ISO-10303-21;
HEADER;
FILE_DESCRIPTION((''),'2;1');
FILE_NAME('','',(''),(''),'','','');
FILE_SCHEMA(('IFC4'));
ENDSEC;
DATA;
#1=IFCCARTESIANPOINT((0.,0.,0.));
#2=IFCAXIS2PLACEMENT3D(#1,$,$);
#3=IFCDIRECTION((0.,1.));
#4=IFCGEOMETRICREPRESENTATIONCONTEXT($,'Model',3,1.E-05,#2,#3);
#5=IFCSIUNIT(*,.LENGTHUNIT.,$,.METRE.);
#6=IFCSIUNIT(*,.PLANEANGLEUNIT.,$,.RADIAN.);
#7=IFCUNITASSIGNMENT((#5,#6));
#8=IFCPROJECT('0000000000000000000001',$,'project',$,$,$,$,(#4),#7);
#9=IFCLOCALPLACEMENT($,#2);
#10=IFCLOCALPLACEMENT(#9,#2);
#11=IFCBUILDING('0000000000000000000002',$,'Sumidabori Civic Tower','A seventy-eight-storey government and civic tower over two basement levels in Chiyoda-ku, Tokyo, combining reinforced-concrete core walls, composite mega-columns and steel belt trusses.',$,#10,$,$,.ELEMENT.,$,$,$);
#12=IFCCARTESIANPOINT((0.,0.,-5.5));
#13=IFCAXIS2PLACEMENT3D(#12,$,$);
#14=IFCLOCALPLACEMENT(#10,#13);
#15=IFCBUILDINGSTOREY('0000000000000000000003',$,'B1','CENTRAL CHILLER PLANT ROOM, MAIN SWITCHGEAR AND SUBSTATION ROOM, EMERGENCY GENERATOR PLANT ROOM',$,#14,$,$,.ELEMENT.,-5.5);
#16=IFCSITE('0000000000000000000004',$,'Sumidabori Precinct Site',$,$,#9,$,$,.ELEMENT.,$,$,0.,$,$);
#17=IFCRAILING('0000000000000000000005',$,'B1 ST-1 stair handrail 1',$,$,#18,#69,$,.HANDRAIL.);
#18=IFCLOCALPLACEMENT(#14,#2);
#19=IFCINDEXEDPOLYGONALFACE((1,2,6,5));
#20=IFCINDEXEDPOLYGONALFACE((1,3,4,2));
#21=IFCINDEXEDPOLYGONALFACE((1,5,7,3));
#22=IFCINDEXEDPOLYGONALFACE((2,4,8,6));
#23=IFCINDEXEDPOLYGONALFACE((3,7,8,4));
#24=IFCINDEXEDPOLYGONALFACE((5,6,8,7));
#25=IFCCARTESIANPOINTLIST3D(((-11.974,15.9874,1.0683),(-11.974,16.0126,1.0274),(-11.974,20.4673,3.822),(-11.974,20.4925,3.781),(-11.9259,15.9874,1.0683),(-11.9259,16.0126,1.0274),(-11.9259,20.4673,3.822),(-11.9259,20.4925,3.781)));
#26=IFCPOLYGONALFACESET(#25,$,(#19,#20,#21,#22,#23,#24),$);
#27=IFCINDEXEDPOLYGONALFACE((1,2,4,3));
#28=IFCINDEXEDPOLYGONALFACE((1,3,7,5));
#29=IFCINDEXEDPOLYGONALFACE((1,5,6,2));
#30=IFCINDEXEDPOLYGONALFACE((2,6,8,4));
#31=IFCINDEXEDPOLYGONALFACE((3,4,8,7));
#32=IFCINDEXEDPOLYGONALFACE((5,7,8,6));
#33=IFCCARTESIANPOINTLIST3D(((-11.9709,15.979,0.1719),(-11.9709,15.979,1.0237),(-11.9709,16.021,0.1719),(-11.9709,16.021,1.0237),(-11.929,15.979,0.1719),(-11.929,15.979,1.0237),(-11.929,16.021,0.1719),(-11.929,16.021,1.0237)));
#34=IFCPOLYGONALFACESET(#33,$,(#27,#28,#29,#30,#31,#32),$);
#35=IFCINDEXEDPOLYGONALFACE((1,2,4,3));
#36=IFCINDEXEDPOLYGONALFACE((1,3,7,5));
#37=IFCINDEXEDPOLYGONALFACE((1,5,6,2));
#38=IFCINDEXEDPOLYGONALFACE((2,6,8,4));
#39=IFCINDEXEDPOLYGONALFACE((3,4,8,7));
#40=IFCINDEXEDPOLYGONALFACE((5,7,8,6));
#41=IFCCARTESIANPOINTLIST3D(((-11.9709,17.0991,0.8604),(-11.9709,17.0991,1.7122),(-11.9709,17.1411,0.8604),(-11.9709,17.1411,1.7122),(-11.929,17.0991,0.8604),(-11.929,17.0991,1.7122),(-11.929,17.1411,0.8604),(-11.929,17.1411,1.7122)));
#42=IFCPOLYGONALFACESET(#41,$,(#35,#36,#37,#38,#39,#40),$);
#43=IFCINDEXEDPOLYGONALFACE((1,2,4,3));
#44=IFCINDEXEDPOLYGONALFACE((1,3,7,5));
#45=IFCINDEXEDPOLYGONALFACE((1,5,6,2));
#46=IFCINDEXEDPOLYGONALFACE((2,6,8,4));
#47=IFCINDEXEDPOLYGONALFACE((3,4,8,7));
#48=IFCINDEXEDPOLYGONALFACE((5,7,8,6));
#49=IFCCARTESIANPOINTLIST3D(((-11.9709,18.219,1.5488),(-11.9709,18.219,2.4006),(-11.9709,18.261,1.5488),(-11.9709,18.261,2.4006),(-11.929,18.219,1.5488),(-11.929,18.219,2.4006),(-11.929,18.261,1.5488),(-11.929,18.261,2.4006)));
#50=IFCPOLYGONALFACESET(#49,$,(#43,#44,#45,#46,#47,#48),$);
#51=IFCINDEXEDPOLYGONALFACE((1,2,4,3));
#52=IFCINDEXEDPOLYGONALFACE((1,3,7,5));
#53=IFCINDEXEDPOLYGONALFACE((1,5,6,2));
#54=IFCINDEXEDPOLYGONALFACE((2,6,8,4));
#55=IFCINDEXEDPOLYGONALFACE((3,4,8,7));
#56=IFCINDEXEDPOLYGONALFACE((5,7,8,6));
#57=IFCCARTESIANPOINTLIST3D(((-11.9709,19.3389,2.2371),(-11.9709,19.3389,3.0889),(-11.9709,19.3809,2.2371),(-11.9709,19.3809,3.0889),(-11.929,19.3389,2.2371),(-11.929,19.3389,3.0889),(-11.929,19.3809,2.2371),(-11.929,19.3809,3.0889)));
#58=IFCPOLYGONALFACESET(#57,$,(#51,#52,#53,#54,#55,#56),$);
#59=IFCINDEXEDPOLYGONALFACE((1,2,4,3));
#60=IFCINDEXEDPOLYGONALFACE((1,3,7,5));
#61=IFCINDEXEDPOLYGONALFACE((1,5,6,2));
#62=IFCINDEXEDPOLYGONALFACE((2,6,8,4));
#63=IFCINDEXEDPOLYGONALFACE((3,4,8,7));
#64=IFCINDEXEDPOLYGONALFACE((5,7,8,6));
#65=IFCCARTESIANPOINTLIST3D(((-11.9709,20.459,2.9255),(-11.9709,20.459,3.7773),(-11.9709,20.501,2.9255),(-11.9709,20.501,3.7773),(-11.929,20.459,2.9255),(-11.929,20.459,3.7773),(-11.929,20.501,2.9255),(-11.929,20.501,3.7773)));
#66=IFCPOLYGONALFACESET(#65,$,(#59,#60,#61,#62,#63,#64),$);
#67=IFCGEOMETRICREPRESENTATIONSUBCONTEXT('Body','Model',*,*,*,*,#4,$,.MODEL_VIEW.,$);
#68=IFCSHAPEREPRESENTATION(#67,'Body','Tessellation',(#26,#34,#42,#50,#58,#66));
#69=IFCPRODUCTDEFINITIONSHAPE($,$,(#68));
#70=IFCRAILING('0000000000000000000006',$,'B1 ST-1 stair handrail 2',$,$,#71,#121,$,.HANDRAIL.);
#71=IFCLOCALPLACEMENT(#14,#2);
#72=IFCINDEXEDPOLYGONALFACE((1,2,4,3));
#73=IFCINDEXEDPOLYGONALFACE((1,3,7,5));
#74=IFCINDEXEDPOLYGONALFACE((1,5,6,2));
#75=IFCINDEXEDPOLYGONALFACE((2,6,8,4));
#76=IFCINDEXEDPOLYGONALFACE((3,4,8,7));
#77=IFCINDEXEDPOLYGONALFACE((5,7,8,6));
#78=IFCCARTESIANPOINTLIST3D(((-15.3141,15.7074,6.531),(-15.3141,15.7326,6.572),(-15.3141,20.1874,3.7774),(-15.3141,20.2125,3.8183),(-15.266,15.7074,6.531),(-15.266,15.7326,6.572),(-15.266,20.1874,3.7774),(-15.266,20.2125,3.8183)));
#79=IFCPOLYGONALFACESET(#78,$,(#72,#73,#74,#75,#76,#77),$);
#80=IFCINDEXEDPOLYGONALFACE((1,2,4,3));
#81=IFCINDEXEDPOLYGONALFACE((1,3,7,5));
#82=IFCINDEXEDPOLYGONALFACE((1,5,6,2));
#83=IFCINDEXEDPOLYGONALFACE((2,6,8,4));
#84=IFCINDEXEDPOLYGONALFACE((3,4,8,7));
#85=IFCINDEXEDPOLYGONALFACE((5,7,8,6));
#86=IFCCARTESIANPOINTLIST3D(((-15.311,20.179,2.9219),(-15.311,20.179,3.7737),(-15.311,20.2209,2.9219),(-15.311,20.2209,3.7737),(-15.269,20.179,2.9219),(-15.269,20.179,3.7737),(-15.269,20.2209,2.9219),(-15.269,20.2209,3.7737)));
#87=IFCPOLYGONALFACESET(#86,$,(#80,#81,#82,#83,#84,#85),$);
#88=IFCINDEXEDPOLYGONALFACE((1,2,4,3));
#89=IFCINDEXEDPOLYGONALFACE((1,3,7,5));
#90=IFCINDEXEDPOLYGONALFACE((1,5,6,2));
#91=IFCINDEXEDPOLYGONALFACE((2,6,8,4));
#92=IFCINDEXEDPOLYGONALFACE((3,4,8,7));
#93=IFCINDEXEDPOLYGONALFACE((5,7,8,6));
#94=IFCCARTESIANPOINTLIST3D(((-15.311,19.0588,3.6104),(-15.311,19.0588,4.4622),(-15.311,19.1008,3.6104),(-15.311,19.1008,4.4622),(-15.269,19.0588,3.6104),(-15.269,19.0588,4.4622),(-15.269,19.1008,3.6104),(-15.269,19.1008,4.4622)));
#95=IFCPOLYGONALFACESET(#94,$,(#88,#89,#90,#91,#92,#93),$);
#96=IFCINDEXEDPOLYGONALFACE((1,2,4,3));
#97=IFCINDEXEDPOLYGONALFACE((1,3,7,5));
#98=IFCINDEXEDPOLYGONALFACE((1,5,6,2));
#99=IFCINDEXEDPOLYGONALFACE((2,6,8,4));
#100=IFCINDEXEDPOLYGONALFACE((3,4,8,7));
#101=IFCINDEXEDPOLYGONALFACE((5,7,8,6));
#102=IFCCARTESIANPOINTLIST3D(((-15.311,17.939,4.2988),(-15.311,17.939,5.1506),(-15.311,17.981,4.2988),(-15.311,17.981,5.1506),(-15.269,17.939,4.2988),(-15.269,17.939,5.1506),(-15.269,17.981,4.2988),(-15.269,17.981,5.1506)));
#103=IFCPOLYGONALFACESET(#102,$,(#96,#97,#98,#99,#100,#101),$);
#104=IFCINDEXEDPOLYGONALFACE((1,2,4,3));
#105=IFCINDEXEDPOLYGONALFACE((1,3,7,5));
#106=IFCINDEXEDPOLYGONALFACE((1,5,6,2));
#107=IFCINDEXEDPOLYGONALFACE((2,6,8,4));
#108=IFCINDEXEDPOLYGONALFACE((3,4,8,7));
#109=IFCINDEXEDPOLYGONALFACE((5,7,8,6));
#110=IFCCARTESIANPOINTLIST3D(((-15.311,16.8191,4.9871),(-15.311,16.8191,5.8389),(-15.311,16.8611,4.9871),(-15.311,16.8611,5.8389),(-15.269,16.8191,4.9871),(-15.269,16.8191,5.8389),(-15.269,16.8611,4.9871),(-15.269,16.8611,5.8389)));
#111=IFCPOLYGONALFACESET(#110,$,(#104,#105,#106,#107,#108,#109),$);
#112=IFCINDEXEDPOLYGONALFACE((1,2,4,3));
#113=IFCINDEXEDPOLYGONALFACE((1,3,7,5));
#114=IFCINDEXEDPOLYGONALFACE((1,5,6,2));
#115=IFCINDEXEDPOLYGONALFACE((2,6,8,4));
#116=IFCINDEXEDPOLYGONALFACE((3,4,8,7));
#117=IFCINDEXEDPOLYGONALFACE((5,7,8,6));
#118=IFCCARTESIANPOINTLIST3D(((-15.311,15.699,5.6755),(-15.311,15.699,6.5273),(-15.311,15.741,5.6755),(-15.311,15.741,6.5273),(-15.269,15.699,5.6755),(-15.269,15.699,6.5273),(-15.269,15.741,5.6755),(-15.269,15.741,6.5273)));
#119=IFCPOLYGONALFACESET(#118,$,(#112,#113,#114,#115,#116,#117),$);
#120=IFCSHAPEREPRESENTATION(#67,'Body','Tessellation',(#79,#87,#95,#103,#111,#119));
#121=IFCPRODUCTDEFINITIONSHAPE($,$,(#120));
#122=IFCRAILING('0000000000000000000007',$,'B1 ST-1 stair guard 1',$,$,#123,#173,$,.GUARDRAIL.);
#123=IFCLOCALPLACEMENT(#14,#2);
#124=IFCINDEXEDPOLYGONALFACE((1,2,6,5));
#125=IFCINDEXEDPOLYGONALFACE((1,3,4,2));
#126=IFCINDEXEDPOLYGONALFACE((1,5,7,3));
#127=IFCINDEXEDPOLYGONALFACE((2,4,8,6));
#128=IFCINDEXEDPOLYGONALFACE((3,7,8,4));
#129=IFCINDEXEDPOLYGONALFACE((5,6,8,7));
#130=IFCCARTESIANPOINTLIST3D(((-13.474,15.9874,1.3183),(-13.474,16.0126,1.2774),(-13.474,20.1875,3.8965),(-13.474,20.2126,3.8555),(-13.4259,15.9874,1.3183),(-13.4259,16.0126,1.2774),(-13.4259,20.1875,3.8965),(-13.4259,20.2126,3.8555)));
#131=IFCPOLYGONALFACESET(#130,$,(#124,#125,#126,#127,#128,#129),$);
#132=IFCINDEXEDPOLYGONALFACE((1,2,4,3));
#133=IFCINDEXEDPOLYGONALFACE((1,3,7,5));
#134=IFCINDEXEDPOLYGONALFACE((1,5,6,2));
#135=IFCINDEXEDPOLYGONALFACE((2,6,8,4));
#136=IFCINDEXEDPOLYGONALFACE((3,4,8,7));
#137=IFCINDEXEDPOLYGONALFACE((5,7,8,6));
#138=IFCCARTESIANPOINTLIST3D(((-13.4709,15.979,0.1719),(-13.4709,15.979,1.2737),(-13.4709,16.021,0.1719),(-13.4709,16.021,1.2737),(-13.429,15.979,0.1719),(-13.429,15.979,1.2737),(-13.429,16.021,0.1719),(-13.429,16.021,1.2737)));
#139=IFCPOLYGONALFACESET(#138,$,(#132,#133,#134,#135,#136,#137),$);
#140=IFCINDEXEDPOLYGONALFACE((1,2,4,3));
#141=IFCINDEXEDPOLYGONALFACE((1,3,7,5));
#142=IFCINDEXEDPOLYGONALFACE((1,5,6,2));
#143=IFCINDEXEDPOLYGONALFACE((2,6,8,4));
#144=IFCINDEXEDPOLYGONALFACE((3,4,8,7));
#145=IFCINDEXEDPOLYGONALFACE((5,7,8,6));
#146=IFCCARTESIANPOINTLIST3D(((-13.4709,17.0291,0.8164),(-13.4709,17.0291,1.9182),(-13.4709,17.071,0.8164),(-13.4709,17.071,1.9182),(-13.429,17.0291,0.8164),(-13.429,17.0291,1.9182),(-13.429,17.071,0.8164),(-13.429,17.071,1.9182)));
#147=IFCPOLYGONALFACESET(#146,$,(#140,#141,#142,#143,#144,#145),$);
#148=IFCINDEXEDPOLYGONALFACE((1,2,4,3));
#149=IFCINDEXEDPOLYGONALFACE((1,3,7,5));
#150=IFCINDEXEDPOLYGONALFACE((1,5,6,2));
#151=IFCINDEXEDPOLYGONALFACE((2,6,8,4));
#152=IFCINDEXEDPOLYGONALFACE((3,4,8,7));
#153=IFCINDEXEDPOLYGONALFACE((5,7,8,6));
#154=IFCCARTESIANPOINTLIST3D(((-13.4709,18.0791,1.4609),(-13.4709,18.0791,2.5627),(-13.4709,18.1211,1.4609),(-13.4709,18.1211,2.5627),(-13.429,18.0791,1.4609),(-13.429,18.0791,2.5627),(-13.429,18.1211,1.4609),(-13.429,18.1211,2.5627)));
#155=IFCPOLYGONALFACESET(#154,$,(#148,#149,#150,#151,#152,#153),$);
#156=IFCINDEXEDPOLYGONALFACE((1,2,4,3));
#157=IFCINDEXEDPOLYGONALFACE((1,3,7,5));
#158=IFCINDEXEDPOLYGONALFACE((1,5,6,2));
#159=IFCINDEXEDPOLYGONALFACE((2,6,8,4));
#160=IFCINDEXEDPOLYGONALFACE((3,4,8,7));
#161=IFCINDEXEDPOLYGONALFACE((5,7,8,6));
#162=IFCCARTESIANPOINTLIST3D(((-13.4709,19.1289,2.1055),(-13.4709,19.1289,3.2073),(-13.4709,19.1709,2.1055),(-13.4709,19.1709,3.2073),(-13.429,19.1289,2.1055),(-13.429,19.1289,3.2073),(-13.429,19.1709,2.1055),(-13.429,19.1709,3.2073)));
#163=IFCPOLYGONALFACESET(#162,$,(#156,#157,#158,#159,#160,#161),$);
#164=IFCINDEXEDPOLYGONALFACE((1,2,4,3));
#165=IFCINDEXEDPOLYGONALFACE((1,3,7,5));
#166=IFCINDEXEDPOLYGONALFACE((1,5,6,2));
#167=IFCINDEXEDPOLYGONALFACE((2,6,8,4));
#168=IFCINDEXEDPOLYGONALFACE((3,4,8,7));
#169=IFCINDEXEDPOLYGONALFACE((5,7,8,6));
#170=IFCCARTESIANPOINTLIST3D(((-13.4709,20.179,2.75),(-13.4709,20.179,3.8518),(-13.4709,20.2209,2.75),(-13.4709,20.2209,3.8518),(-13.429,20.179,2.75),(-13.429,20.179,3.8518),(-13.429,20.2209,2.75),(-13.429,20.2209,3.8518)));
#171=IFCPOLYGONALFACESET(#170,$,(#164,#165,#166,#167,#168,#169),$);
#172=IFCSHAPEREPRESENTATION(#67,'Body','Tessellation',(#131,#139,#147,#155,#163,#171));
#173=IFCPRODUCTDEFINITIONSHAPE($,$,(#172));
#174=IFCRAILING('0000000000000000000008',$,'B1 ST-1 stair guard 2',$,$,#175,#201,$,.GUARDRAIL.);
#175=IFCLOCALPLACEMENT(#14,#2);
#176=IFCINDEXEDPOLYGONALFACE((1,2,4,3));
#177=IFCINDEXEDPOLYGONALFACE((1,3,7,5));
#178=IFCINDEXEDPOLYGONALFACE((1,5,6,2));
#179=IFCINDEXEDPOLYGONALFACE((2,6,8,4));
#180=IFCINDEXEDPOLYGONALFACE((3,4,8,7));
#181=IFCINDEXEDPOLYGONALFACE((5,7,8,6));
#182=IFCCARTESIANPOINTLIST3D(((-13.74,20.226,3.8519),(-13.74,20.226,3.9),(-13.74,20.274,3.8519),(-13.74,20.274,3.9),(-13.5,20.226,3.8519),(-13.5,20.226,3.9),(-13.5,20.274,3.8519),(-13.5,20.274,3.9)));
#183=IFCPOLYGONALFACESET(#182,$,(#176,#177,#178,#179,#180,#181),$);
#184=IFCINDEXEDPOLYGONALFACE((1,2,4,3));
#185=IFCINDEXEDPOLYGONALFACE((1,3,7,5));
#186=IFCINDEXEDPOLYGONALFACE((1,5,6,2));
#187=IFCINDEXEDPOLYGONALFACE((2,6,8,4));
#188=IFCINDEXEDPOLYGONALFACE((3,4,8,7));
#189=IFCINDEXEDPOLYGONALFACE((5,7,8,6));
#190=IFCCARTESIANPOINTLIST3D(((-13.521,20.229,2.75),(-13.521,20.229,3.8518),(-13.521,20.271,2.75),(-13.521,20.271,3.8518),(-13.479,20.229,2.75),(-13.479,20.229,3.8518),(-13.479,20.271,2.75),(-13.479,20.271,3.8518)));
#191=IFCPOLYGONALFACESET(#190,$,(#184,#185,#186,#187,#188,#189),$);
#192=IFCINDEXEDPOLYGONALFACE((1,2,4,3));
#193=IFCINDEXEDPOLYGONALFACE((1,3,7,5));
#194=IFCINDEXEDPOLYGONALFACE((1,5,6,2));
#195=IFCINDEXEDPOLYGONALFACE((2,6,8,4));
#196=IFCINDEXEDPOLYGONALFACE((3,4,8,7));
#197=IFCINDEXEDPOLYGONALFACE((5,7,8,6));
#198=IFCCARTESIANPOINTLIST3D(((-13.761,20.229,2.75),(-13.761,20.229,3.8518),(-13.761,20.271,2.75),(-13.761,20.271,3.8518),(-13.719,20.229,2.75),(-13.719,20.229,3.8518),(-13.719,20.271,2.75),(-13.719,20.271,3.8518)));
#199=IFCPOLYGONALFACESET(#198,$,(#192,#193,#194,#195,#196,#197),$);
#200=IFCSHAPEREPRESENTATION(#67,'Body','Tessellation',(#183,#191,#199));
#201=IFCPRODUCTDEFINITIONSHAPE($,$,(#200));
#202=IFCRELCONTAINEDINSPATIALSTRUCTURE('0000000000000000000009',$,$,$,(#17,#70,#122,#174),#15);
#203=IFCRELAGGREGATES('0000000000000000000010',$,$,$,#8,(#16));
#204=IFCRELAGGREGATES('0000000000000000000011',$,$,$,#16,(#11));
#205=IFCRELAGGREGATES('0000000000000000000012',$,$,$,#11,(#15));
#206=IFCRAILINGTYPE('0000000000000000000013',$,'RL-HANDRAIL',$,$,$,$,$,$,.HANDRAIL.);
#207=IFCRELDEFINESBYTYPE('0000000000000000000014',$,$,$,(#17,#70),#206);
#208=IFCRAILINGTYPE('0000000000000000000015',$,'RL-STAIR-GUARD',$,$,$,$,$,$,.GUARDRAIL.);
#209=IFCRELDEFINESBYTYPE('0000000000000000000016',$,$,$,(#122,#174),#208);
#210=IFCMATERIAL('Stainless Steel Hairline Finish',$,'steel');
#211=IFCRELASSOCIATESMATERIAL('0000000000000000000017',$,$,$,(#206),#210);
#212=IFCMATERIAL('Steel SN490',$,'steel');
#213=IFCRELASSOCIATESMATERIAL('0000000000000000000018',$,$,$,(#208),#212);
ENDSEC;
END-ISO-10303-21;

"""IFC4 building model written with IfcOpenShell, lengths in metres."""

from ifc_helpers import new_model, si_unit, direction, frame, origin, origin_2d, place, context, subcontext, project, spatial, rectangle, extrude, material, type_object, element, save


model = new_model("IFC4")

# Units and contexts
model_context = context("Model", 3, precision=1e-05, world=origin(), true_north=direction((0.0, 1.0)))
body_context = subcontext(model_context, "Body", "Model", "MODEL_VIEW")
ifc_project = project(units=[si_unit("LENGTHUNIT", "METRE"), si_unit("PLANEANGLEUNIT", "RADIAN")], contexts=[model_context])

# Site, building, storey
site_placement = place(None, origin())
site = spatial("IfcSite", under=ifc_project, at=site_placement, Name="Sumidabori Precinct Site", CompositionType="ELEMENT", RefElevation=0.0)
building_placement = place(site_placement, origin())
building = spatial("IfcBuilding", under=site, at=building_placement, Name="Sumidabori Civic Tower", Description="A seventy-eight-storey government and civic tower over two basement levels in Chiyoda-ku, Tokyo, combining reinforced-concrete core walls, composite mega-columns and steel belt trusses.", CompositionType="ELEMENT")
storey_placement = place(building_placement, frame((0.0, 0.0, -5.5)))
storey = spatial("IfcBuildingStorey", under=building, at=storey_placement, Name="B1", Description="CENTRAL CHILLER PLANT ROOM, MAIN SWITCHGEAR AND SUBSTATION ROOM, EMERGENCY GENERATOR PLANT ROOM", CompositionType="ELEMENT", Elevation=-5.5)

# Shared definitions
ifc_material_1 = material(Name="Steel SN490", Category="steel")

# Railings
ifc_material_2 = material(Name="Stainless Steel Hairline Finish", Category="steel")
railing_type_1 = type_object("IfcRailingType", Name="RL-HANDRAIL", PredefinedType="HANDRAIL", material=ifc_material_2)
railing_1_placement = place(storey_placement, frame((-11.95, 16.0, 0.1719)))
element("IfcRailing", 1, at=railing_1_placement, inside=storey, type_object=railing_type_1, Name="B1 ST-1 stair handrail 1", PredefinedType="HANDRAIL", context=body_context, shape_type="SweptSolid", body=[
    extrude(rectangle(XDim=0.0481, YDim=0.0481, at=origin_2d()), frame((0.0, 0.0, 0.876), z_axis=(0.0, 0.851934, 0.523649), x_axis=(-1.0, 0.0, 0.0)), (0.0, 0.0, 1.0), 5.2585),
    extrude(rectangle(XDim=0.042, YDim=0.042, at=origin_2d()), origin(), (0.0, 0.0, 1.0), 0.8518),
    extrude(rectangle(XDim=0.042, YDim=0.042, at=origin_2d()), frame((0.0, 1.1201, 0.6885)), (0.0, 0.0, 1.0), 0.8518),
    extrude(rectangle(XDim=0.042, YDim=0.042, at=origin_2d()), frame((0.0, 2.24, 1.377)), (0.0, 0.0, 1.0), 0.8518),
    extrude(rectangle(XDim=0.042, YDim=0.042, at=origin_2d()), frame((0.0, 3.3599, 2.0652)), (0.0, 0.0, 1.0), 0.8518),
    extrude(rectangle(XDim=0.042, YDim=0.042, at=origin_2d()), frame((0.0, 4.48, 2.7537)), (0.0, 0.0, 1.0), 0.8518),
])
railing_2_placement = place(storey_placement, frame((-15.29, 20.2, 2.9219)))
element("IfcRailing", 2, at=railing_2_placement, inside=storey, type_object=railing_type_1, Name="B1 ST-1 stair handrail 2", PredefinedType="HANDRAIL", context=body_context, shape_type="SweptSolid", body=[
    extrude(rectangle(XDim=0.0481, YDim=0.0481, at=origin_2d()), frame((0.0, 0.0, 0.876), z_axis=(0.0, -0.851934, 0.523649), x_axis=(1.0, 0.0, 0.0)), (0.0, 0.0, 1.0), 5.2585),
    extrude(rectangle(XDim=0.042, YDim=0.042, at=origin_2d()), origin(), (0.0, 0.0, 1.0), 0.8518),
    extrude(rectangle(XDim=0.042, YDim=0.042, at=origin_2d()), frame((0.0, -1.1201, 0.6885)), (0.0, 0.0, 1.0), 0.8518),
    extrude(rectangle(XDim=0.042, YDim=0.042, at=origin_2d()), frame((0.0, -2.24, 1.377)), (0.0, 0.0, 1.0), 0.8518),
    extrude(rectangle(XDim=0.042, YDim=0.042, at=origin_2d()), frame((0.0, -3.3599, 2.0652)), (0.0, 0.0, 1.0), 0.8518),
    extrude(rectangle(XDim=0.042, YDim=0.042, at=origin_2d()), frame((0.0, -4.48, 2.7537)), (0.0, 0.0, 1.0), 0.8518),
])
railing_type_2 = type_object("IfcRailingType", Name="RL-STAIR-GUARD", PredefinedType="GUARDRAIL", material=ifc_material_1)
railing_3_placement = place(storey_placement, frame((-13.45, 16.0, 0.1719)))
element("IfcRailing", 3, at=railing_3_placement, inside=storey, type_object=railing_type_2, Name="B1 ST-1 stair guard 1", PredefinedType="GUARDRAIL", context=body_context, shape_type="SweptSolid", body=[
    extrude(rectangle(XDim=0.0481, YDim=0.0481, at=origin_2d()), frame((0.0, 0.0, 1.126), z_axis=(0.0, 0.852243, 0.523146), x_axis=(-1.0, 0.0, 0.0)), (0.0, 0.0, 1.0), 4.9282),
    extrude(rectangle(XDim=0.042, YDim=0.042, at=origin_2d()), origin(), (0.0, 0.0, 1.0), 1.1018),
    extrude(rectangle(XDim=0.042, YDim=0.042, at=origin_2d()), frame((0.0, 1.05, 0.6445)), (0.0, 0.0, 1.0), 1.1018),
    extrude(rectangle(XDim=0.042, YDim=0.042, at=origin_2d()), frame((0.0, 2.1001, 1.2891)), (0.0, 0.0, 1.0), 1.1018),
    extrude(rectangle(XDim=0.042, YDim=0.042, at=origin_2d()), frame((0.0, 3.1499, 1.9336)), (0.0, 0.0, 1.0), 1.1018),
    extrude(rectangle(XDim=0.042, YDim=0.042, at=origin_2d()), frame((0.0, 4.2, 2.5781)), (0.0, 0.0, 1.0), 1.1018),
])
railing_4_placement = place(storey_placement, frame((-13.5, 20.25, 2.75)))
element("IfcRailing", 4, at=railing_4_placement, inside=storey, type_object=railing_type_2, Name="B1 ST-1 stair guard 2", PredefinedType="GUARDRAIL", context=body_context, shape_type="SweptSolid", body=[
    extrude(rectangle(XDim=0.0481, YDim=0.0481, at=origin_2d()), frame((0.0, 0.0, 1.126), z_axis=(-1.0, 0.0, 0.0), x_axis=(0.0, -1.0, 0.0)), (0.0, 0.0, 1.0), 0.24),
    extrude(rectangle(XDim=0.042, YDim=0.042, at=origin_2d()), origin(), (0.0, 0.0, 1.0), 1.1018),
    extrude(rectangle(XDim=0.042, YDim=0.042, at=origin_2d()), frame((-0.24, 0.0, 0.0)), (0.0, 0.0, 1.0), 1.1018),
])

save(model, "model.ifc")
